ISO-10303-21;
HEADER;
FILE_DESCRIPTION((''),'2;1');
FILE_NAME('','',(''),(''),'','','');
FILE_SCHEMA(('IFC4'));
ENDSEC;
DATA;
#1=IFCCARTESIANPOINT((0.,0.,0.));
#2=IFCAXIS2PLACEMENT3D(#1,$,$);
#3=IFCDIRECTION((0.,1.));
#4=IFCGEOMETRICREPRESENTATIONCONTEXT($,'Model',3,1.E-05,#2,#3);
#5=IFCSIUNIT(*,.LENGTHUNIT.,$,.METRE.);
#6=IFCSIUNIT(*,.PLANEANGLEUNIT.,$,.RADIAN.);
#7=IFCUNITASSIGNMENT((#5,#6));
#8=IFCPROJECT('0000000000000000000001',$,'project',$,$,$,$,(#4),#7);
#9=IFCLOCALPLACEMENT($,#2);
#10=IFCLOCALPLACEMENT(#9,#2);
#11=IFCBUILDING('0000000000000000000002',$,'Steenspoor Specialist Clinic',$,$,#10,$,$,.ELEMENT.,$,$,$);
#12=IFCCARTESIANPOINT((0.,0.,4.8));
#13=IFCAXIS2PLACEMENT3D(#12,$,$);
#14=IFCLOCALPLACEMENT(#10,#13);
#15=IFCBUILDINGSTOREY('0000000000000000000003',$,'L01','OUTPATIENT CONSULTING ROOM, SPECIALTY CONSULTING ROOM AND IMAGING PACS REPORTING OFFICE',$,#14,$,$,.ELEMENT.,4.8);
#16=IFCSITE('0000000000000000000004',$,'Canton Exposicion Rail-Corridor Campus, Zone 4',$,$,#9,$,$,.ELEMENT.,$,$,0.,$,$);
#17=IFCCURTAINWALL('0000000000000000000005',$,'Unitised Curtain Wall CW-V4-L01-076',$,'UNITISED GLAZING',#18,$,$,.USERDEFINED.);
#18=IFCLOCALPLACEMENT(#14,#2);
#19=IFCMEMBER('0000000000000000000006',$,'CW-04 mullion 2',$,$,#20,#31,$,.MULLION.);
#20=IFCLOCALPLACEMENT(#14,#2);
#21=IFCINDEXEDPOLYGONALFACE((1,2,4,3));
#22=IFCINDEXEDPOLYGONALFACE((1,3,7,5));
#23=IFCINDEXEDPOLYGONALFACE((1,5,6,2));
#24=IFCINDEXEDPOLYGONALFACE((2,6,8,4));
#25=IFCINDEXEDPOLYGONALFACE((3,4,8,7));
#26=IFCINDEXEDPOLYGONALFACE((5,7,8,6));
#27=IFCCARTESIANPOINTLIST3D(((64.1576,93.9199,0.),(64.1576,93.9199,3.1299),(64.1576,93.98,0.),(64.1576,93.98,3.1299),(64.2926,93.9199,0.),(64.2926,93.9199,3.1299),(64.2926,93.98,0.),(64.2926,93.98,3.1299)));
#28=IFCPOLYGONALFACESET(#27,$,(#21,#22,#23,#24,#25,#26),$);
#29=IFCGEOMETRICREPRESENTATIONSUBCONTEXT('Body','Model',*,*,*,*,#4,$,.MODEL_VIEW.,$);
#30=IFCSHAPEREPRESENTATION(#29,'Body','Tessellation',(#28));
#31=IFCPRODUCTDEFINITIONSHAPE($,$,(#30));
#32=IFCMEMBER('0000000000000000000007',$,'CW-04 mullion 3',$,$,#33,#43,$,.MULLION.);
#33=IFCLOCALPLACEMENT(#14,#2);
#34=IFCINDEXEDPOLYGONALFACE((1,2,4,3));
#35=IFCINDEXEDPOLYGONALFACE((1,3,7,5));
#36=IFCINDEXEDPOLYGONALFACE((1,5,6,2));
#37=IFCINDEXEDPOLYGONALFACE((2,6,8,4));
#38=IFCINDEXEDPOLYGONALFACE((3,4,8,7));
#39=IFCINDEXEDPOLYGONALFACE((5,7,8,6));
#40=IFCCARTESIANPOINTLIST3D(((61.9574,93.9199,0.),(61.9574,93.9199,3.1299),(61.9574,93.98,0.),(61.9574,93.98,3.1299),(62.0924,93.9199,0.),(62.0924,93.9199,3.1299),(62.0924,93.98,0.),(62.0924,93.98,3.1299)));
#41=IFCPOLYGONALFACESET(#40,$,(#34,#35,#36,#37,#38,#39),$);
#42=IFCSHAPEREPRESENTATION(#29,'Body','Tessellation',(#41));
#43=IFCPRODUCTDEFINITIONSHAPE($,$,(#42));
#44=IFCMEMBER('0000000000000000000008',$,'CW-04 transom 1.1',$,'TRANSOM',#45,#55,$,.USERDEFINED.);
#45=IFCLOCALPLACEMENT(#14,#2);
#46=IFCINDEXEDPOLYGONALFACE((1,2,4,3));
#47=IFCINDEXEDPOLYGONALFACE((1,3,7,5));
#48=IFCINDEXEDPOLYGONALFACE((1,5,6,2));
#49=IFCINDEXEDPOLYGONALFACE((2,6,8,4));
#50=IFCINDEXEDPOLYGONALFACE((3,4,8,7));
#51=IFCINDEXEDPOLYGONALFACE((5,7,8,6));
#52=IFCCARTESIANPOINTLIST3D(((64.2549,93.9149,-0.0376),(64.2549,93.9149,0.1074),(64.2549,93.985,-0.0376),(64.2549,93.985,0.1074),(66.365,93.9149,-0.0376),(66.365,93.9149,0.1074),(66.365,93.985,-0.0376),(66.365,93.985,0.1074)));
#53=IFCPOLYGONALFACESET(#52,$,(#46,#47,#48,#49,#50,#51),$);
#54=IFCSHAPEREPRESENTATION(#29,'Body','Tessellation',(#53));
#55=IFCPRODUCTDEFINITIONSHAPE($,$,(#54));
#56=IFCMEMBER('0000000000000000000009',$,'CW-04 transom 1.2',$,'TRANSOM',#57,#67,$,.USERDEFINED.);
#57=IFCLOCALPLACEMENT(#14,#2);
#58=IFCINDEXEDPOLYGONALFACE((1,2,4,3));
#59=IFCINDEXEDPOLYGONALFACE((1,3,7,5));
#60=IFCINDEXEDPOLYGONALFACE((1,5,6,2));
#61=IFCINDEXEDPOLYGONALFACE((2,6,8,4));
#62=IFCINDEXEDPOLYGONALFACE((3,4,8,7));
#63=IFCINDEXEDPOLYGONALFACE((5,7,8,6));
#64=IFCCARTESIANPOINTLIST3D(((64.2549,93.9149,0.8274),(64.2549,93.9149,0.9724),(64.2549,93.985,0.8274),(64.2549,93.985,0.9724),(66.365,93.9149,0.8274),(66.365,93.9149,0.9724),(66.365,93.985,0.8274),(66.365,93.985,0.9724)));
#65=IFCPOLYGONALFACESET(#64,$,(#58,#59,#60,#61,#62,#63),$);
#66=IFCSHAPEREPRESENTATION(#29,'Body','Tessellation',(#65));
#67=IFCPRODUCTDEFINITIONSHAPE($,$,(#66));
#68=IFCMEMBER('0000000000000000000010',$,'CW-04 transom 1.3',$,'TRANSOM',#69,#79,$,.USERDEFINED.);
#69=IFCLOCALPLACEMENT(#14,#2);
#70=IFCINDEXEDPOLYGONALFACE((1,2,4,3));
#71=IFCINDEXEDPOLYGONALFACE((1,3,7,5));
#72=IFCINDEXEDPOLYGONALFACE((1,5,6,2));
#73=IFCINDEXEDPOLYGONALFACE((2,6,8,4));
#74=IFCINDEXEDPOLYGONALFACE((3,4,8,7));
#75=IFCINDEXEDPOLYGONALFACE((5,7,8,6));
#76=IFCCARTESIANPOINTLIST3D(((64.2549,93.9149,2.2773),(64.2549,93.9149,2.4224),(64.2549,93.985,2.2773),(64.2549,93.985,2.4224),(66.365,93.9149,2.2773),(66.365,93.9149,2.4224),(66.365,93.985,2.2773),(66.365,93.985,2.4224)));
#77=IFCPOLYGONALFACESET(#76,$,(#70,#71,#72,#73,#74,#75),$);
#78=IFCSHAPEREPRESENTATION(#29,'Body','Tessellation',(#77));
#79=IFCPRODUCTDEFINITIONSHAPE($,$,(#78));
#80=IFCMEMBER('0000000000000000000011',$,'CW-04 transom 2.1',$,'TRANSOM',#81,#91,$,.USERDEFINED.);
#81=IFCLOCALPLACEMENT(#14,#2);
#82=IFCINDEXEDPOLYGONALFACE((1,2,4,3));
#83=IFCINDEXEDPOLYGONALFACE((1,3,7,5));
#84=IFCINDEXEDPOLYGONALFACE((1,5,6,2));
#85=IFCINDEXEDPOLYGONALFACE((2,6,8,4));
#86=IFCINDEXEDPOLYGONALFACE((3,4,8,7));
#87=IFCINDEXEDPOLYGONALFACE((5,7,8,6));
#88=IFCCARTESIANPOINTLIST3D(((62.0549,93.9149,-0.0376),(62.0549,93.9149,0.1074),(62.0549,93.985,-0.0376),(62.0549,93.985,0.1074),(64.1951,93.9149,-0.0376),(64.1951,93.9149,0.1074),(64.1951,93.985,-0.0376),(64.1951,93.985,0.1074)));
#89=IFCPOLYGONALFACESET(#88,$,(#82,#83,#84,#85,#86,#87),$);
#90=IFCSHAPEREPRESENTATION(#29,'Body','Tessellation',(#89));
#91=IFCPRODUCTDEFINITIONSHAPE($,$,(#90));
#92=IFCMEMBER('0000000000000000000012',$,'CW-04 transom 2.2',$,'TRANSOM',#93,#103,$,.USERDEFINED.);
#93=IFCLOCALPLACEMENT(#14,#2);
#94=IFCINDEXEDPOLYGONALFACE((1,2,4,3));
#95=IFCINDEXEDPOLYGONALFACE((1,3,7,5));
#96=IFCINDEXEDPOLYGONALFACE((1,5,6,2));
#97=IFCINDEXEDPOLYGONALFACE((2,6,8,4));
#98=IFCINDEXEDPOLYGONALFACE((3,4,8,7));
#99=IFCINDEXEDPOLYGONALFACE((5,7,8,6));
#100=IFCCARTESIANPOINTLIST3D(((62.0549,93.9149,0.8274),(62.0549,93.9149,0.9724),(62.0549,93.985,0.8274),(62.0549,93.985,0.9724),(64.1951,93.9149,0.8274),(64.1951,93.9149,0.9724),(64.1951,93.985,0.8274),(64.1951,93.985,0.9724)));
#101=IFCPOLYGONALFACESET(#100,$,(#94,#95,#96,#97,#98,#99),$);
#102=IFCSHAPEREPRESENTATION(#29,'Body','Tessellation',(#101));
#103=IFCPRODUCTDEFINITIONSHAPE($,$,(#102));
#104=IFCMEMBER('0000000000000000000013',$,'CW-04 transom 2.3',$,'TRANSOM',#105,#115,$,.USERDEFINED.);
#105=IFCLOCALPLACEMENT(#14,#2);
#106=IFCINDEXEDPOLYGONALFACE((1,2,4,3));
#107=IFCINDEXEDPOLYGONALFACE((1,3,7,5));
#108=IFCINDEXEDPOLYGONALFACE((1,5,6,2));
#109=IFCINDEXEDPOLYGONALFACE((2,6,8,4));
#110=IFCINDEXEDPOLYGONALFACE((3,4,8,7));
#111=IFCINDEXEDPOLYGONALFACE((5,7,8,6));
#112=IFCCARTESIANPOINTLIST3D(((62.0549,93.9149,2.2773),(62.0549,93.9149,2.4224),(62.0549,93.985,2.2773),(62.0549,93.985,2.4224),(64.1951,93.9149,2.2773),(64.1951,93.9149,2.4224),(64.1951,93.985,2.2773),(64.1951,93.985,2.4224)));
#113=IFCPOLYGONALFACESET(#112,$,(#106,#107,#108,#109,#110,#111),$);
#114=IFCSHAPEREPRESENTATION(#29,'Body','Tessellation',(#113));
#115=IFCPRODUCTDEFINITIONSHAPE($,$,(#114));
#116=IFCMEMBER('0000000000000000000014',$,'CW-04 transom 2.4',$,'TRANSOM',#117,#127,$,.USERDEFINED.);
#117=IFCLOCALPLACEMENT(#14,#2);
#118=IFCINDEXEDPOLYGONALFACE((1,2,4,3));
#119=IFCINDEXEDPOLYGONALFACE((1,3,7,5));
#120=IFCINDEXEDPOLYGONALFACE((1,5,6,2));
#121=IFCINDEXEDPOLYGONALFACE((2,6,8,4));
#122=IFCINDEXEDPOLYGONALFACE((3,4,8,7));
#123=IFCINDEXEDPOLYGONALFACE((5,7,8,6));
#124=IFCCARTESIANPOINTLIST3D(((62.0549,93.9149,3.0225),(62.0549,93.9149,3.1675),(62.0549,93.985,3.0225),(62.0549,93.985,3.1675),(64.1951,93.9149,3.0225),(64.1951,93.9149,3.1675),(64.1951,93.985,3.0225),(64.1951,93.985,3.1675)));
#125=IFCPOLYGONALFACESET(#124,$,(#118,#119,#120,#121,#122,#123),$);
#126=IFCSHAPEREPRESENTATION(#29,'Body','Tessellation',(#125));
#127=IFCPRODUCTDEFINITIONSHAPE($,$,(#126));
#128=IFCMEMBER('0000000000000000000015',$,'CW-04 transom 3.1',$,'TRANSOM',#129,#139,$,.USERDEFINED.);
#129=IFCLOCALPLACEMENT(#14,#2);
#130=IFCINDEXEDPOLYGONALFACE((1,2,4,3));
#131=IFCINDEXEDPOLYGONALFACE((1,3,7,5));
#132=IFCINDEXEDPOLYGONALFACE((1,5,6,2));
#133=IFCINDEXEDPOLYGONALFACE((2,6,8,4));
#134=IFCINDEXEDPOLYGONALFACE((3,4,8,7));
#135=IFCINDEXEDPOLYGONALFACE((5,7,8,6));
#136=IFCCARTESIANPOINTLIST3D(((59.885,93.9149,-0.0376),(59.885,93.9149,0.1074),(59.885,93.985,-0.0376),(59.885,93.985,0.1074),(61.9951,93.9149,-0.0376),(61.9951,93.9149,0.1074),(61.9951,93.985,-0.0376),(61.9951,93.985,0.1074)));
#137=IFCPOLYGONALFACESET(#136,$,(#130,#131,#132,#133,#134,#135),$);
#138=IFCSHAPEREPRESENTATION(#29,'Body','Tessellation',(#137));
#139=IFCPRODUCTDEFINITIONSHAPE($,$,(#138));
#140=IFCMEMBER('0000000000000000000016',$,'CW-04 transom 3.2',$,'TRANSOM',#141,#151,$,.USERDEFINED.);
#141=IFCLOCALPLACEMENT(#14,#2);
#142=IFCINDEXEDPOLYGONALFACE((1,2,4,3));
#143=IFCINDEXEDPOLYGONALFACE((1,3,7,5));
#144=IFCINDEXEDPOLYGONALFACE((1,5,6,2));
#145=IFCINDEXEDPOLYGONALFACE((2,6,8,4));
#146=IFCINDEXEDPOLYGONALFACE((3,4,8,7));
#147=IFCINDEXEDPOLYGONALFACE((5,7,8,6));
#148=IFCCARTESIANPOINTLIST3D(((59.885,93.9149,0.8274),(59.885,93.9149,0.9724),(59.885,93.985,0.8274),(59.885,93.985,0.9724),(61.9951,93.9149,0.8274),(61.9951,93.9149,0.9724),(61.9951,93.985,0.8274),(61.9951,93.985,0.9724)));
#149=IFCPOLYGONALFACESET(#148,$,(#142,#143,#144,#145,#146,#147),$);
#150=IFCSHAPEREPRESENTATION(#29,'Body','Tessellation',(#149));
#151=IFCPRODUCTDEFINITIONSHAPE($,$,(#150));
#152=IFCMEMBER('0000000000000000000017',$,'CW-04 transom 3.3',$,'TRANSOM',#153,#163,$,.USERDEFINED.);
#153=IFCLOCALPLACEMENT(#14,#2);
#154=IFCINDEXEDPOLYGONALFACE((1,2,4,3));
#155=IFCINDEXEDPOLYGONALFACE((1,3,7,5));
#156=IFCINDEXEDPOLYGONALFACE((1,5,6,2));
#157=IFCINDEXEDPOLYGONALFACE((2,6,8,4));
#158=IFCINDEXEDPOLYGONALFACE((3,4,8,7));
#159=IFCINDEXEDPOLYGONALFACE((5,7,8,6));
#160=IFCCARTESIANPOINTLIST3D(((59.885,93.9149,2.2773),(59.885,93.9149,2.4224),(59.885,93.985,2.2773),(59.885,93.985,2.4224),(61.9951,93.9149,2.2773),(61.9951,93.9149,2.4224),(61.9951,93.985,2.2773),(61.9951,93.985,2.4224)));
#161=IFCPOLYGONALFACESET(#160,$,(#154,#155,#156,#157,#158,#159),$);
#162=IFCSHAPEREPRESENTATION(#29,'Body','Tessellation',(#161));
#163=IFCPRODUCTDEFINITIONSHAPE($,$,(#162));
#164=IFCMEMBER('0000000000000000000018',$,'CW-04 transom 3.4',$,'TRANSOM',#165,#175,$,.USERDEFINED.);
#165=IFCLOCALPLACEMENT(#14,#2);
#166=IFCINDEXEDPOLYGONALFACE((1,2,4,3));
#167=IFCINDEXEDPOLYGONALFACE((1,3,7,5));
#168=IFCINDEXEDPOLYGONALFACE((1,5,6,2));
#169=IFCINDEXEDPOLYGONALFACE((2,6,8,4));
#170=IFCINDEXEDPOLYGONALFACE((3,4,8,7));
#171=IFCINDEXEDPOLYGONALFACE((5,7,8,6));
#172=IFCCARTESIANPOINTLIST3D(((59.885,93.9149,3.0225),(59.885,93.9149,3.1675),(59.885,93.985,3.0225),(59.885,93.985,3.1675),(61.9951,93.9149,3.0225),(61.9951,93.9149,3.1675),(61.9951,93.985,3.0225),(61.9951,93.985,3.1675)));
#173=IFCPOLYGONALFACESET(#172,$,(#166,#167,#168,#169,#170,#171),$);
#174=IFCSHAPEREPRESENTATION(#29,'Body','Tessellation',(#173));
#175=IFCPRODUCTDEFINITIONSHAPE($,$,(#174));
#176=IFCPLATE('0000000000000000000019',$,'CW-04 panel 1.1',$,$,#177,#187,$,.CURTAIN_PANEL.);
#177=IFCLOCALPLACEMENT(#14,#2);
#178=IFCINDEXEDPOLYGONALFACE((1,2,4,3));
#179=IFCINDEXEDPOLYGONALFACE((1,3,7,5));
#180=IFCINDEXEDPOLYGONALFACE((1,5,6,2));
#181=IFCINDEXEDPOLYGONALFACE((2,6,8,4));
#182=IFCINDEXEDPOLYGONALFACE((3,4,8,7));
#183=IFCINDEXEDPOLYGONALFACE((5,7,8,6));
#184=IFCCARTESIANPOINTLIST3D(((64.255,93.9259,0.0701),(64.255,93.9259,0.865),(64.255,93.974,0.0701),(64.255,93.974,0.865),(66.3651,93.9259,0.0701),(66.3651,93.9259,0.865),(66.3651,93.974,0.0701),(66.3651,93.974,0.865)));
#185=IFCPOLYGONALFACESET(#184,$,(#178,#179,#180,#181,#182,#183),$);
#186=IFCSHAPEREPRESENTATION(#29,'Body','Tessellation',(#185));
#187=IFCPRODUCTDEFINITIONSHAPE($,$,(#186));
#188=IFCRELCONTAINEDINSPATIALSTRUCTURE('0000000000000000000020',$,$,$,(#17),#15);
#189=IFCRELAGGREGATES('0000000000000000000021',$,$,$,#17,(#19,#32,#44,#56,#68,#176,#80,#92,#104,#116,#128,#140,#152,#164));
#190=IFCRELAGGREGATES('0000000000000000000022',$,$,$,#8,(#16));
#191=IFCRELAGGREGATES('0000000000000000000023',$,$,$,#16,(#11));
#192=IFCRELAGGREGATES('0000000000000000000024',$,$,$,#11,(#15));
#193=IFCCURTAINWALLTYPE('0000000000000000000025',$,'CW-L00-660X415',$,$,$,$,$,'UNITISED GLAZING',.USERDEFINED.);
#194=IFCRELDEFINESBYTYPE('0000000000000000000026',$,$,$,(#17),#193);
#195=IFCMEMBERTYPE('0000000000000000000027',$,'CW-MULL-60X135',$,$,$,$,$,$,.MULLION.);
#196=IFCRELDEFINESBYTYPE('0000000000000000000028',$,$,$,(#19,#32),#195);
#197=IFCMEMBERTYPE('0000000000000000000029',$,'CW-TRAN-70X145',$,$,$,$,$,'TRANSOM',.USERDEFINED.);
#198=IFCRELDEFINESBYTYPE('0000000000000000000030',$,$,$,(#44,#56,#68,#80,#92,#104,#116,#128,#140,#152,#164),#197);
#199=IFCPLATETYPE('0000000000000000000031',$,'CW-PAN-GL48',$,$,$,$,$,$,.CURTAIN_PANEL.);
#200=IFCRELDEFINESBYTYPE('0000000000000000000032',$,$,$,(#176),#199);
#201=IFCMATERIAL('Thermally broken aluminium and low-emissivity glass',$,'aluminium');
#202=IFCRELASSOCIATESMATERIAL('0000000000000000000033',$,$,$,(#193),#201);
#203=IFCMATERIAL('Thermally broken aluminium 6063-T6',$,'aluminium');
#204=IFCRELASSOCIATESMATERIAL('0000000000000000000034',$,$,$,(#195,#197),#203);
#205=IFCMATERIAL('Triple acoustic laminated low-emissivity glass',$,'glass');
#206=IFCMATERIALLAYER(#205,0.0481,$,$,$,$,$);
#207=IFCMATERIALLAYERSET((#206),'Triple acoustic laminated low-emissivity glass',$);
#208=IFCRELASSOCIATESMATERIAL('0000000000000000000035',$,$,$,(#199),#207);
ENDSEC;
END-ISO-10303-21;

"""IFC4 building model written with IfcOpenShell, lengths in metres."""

from ifc_helpers import new_model, si_unit, direction, frame, origin, origin_2d, place, context, subcontext, project, spatial, rectangle, extrude, material, layer, layer_set, material_profile, profile_set, type_object, element, aggregate, save


model = new_model("IFC4")

# Units and contexts
model_context = context("Model", 3, precision=1e-05, world=origin(), true_north=direction((0.0, 1.0)))
body_context = subcontext(model_context, "Body", "Model", "MODEL_VIEW")
ifc_project = project(units=[si_unit("LENGTHUNIT", "METRE"), si_unit("PLANEANGLEUNIT", "RADIAN")], contexts=[model_context])

# Site, building, storey
site_placement = place(None, origin())
site = spatial("IfcSite", under=ifc_project, at=site_placement, Name="Canton Exposicion Rail-Corridor Campus, Zone 4", CompositionType="ELEMENT", RefElevation=0.0)
building_placement = place(site_placement, origin())
building = spatial("IfcBuilding", under=site, at=building_placement, Name="Steenspoor Specialist Clinic", CompositionType="ELEMENT")
storey_placement = place(building_placement, frame((0.0, 0.0, 4.8)))
storey = spatial("IfcBuildingStorey", under=building, at=storey_placement, Name="L01", Description="OUTPATIENT CONSULTING ROOM, SPECIALTY CONSULTING ROOM AND IMAGING PACS REPORTING OFFICE", CompositionType="ELEMENT", Elevation=4.8)

# Curtain wall, members, plate
ifc_material_1 = material(Name="Thermally broken aluminium and low-emissivity glass", Category="aluminium")
curtain_wall_type = type_object("IfcCurtainWallType", Name="CW-L00-660X415", ElementType="UNITISED GLAZING", PredefinedType="USERDEFINED", material=ifc_material_1)
curtain_wall_placement = place(storey_placement, origin())
curtain_wall = element("IfcCurtainWall", 1, at=curtain_wall_placement, inside=storey, type_object=curtain_wall_type, Name="Unitised Curtain Wall CW-V4-L01-076", ObjectType="UNITISED GLAZING", PredefinedType="USERDEFINED")
ifc_material_2 = material(Name="Thermally broken aluminium 6063-T6", Category="aluminium")
ifc_material_profile_1 = material_profile(ifc_material_2, rectangle(XDim=0.0601, YDim=0.135, at=origin_2d()), Name="CWM-60X135")
ifc_profile_set_1 = profile_set([ifc_material_profile_1], Name="Thermally broken aluminium 6063-T6")
member_type_1 = type_object("IfcMemberType", Name="CW-MULL-60X135", PredefinedType="MULLION", material=ifc_profile_set_1)
member_1_placement = place(storey_placement, frame((64.2251, 93.95, 0.0), z_axis=(0.0, 0.0, 1.0), x_axis=(0.0, -1.0, 0.0)))
member_1 = element("IfcMember", 2, at=member_1_placement, type_object=member_type_1, Name="CW-04 mullion 2", PredefinedType="MULLION", context=body_context, shape_type="SweptSolid", body=[
    extrude(rectangle(XDim=0.0601, YDim=0.135, at=origin_2d()), origin(), (0.0, 0.0, 1.0), 3.1299),
])
member_2_placement = place(storey_placement, frame((62.0249, 93.95, 0.0), z_axis=(0.0, 0.0, 1.0), x_axis=(0.0, -1.0, 0.0)))
member_2 = element("IfcMember", 3, at=member_2_placement, type_object=member_type_1, Name="CW-04 mullion 3", PredefinedType="MULLION", context=body_context, shape_type="SweptSolid", body=[
    extrude(rectangle(XDim=0.0601, YDim=0.135, at=origin_2d()), origin(), (0.0, 0.0, 1.0), 3.1299),
])
ifc_material_profile_2 = material_profile(ifc_material_2, rectangle(XDim=0.0701, YDim=0.145, at=origin_2d()), Name="CWT-70X145")
ifc_profile_set_2 = profile_set([ifc_material_profile_2], Name="Thermally broken aluminium 6063-T6")
member_type_2 = type_object("IfcMemberType", Name="CW-TRAN-70X145", ElementType="TRANSOM", PredefinedType="USERDEFINED", material=ifc_profile_set_2)
member_3_placement = place(storey_placement, frame((66.365, 93.95, 0.0349), z_axis=(-1.0, 0.0, 0.0), x_axis=(0.0, -1.0, 0.0)))
member_3 = element("IfcMember", 4, at=member_3_placement, type_object=member_type_2, Name="CW-04 transom 1.1", ObjectType="TRANSOM", PredefinedType="USERDEFINED", context=body_context, shape_type="SweptSolid", body=[
    extrude(rectangle(XDim=0.0701, YDim=0.145, at=origin_2d()), origin(), (0.0, 0.0, 1.0), 2.1101),
])
member_4_placement = place(storey_placement, frame((66.365, 93.95, 0.8999), z_axis=(-1.0, 0.0, 0.0), x_axis=(0.0, -1.0, 0.0)))
member_4 = element("IfcMember", 5, at=member_4_placement, type_object=member_type_2, Name="CW-04 transom 1.2", ObjectType="TRANSOM", PredefinedType="USERDEFINED", context=body_context, shape_type="SweptSolid", body=[
    extrude(rectangle(XDim=0.0701, YDim=0.145, at=origin_2d()), origin(), (0.0, 0.0, 1.0), 2.1101),
])
member_5_placement = place(storey_placement, frame((66.365, 93.95, 2.3499), z_axis=(-1.0, 0.0, 0.0), x_axis=(0.0, -1.0, 0.0)))
member_5 = element("IfcMember", 6, at=member_5_placement, type_object=member_type_2, Name="CW-04 transom 1.3", ObjectType="TRANSOM", PredefinedType="USERDEFINED", context=body_context, shape_type="SweptSolid", body=[
    extrude(rectangle(XDim=0.0701, YDim=0.145, at=origin_2d()), origin(), (0.0, 0.0, 1.0), 2.1101),
])
member_6_placement = place(storey_placement, frame((64.1951, 93.95, 0.0349), z_axis=(-1.0, 0.0, 0.0), x_axis=(0.0, -1.0, 0.0)))
member_6 = element("IfcMember", 7, at=member_6_placement, type_object=member_type_2, Name="CW-04 transom 2.1", ObjectType="TRANSOM", PredefinedType="USERDEFINED", context=body_context, shape_type="SweptSolid", body=[
    extrude(rectangle(XDim=0.0701, YDim=0.145, at=origin_2d()), origin(), (0.0, 0.0, 1.0), 2.1401),
])
member_7_placement = place(storey_placement, frame((64.1951, 93.95, 0.8999), z_axis=(-1.0, 0.0, 0.0), x_axis=(0.0, -1.0, 0.0)))
member_7 = element("IfcMember", 8, at=member_7_placement, type_object=member_type_2, Name="CW-04 transom 2.2", ObjectType="TRANSOM", PredefinedType="USERDEFINED", context=body_context, shape_type="SweptSolid", body=[
    extrude(rectangle(XDim=0.0701, YDim=0.145, at=origin_2d()), origin(), (0.0, 0.0, 1.0), 2.1401),
])
member_8_placement = place(storey_placement, frame((64.1951, 93.95, 2.3499), z_axis=(-1.0, 0.0, 0.0), x_axis=(0.0, -1.0, 0.0)))
member_8 = element("IfcMember", 9, at=member_8_placement, type_object=member_type_2, Name="CW-04 transom 2.3", ObjectType="TRANSOM", PredefinedType="USERDEFINED", context=body_context, shape_type="SweptSolid", body=[
    extrude(rectangle(XDim=0.0701, YDim=0.145, at=origin_2d()), origin(), (0.0, 0.0, 1.0), 2.1401),
])
member_9_placement = place(storey_placement, frame((64.1951, 93.95, 3.095), z_axis=(-1.0, 0.0, 0.0), x_axis=(0.0, -1.0, 0.0)))
member_9 = element("IfcMember", 10, at=member_9_placement, type_object=member_type_2, Name="CW-04 transom 2.4", ObjectType="TRANSOM", PredefinedType="USERDEFINED", context=body_context, shape_type="SweptSolid", body=[
    extrude(rectangle(XDim=0.0701, YDim=0.145, at=origin_2d()), origin(), (0.0, 0.0, 1.0), 2.1401),
])
member_10_placement = place(storey_placement, frame((61.9951, 93.95, 0.0349), z_axis=(-1.0, 0.0, 0.0), x_axis=(0.0, -1.0, 0.0)))
member_10 = element("IfcMember", 11, at=member_10_placement, type_object=member_type_2, Name="CW-04 transom 3.1", ObjectType="TRANSOM", PredefinedType="USERDEFINED", context=body_context, shape_type="SweptSolid", body=[
    extrude(rectangle(XDim=0.0701, YDim=0.145, at=origin_2d()), origin(), (0.0, 0.0, 1.0), 2.1101),
])
member_11_placement = place(storey_placement, frame((61.9951, 93.95, 0.8999), z_axis=(-1.0, 0.0, 0.0), x_axis=(0.0, -1.0, 0.0)))
member_11 = element("IfcMember", 12, at=member_11_placement, type_object=member_type_2, Name="CW-04 transom 3.2", ObjectType="TRANSOM", PredefinedType="USERDEFINED", context=body_context, shape_type="SweptSolid", body=[
    extrude(rectangle(XDim=0.0701, YDim=0.145, at=origin_2d()), origin(), (0.0, 0.0, 1.0), 2.1101),
])
member_12_placement = place(storey_placement, frame((61.9951, 93.95, 2.3499), z_axis=(-1.0, 0.0, 0.0), x_axis=(0.0, -1.0, 0.0)))
member_12 = element("IfcMember", 13, at=member_12_placement, type_object=member_type_2, Name="CW-04 transom 3.3", ObjectType="TRANSOM", PredefinedType="USERDEFINED", context=body_context, shape_type="SweptSolid", body=[
    extrude(rectangle(XDim=0.0701, YDim=0.145, at=origin_2d()), origin(), (0.0, 0.0, 1.0), 2.1101),
])
member_13_placement = place(storey_placement, frame((61.9951, 93.95, 3.095), z_axis=(-1.0, 0.0, 0.0), x_axis=(0.0, -1.0, 0.0)))
member_13 = element("IfcMember", 14, at=member_13_placement, type_object=member_type_2, Name="CW-04 transom 3.4", ObjectType="TRANSOM", PredefinedType="USERDEFINED", context=body_context, shape_type="SweptSolid", body=[
    extrude(rectangle(XDim=0.0701, YDim=0.145, at=origin_2d()), origin(), (0.0, 0.0, 1.0), 2.1101),
])
ifc_material_3 = material(Name="Triple acoustic laminated low-emissivity glass", Category="glass")
ifc_layer_1 = layer(ifc_material_3, 0.0481)
ifc_layer_set_1 = layer_set([ifc_layer_1], Name="Triple acoustic laminated low-emissivity glass")
plate_type = type_object("IfcPlateType", Name="CW-PAN-GL48", PredefinedType="CURTAIN_PANEL", material=ifc_layer_set_1)
plate_1_placement = place(storey_placement, frame((65.3101, 93.95, 0.0701), z_axis=(0.0, 0.0, 1.0), x_axis=(-1.0, 0.0, 0.0)))
plate_1 = element("IfcPlate", 15, at=plate_1_placement, type_object=plate_type, Name="CW-04 panel 1.1", PredefinedType="CURTAIN_PANEL", context=body_context, shape_type="SweptSolid", body=[
    extrude(rectangle(XDim=2.1101, YDim=0.0481, at=origin_2d()), origin(), (0.0, 0.0, 1.0), 0.7949),
])
aggregate(curtain_wall, [member_1, member_2, member_3, member_4, member_5, plate_1, member_6, member_7, member_8, member_9, member_10, member_11, member_12, member_13])

save(model, "model.ifc")
